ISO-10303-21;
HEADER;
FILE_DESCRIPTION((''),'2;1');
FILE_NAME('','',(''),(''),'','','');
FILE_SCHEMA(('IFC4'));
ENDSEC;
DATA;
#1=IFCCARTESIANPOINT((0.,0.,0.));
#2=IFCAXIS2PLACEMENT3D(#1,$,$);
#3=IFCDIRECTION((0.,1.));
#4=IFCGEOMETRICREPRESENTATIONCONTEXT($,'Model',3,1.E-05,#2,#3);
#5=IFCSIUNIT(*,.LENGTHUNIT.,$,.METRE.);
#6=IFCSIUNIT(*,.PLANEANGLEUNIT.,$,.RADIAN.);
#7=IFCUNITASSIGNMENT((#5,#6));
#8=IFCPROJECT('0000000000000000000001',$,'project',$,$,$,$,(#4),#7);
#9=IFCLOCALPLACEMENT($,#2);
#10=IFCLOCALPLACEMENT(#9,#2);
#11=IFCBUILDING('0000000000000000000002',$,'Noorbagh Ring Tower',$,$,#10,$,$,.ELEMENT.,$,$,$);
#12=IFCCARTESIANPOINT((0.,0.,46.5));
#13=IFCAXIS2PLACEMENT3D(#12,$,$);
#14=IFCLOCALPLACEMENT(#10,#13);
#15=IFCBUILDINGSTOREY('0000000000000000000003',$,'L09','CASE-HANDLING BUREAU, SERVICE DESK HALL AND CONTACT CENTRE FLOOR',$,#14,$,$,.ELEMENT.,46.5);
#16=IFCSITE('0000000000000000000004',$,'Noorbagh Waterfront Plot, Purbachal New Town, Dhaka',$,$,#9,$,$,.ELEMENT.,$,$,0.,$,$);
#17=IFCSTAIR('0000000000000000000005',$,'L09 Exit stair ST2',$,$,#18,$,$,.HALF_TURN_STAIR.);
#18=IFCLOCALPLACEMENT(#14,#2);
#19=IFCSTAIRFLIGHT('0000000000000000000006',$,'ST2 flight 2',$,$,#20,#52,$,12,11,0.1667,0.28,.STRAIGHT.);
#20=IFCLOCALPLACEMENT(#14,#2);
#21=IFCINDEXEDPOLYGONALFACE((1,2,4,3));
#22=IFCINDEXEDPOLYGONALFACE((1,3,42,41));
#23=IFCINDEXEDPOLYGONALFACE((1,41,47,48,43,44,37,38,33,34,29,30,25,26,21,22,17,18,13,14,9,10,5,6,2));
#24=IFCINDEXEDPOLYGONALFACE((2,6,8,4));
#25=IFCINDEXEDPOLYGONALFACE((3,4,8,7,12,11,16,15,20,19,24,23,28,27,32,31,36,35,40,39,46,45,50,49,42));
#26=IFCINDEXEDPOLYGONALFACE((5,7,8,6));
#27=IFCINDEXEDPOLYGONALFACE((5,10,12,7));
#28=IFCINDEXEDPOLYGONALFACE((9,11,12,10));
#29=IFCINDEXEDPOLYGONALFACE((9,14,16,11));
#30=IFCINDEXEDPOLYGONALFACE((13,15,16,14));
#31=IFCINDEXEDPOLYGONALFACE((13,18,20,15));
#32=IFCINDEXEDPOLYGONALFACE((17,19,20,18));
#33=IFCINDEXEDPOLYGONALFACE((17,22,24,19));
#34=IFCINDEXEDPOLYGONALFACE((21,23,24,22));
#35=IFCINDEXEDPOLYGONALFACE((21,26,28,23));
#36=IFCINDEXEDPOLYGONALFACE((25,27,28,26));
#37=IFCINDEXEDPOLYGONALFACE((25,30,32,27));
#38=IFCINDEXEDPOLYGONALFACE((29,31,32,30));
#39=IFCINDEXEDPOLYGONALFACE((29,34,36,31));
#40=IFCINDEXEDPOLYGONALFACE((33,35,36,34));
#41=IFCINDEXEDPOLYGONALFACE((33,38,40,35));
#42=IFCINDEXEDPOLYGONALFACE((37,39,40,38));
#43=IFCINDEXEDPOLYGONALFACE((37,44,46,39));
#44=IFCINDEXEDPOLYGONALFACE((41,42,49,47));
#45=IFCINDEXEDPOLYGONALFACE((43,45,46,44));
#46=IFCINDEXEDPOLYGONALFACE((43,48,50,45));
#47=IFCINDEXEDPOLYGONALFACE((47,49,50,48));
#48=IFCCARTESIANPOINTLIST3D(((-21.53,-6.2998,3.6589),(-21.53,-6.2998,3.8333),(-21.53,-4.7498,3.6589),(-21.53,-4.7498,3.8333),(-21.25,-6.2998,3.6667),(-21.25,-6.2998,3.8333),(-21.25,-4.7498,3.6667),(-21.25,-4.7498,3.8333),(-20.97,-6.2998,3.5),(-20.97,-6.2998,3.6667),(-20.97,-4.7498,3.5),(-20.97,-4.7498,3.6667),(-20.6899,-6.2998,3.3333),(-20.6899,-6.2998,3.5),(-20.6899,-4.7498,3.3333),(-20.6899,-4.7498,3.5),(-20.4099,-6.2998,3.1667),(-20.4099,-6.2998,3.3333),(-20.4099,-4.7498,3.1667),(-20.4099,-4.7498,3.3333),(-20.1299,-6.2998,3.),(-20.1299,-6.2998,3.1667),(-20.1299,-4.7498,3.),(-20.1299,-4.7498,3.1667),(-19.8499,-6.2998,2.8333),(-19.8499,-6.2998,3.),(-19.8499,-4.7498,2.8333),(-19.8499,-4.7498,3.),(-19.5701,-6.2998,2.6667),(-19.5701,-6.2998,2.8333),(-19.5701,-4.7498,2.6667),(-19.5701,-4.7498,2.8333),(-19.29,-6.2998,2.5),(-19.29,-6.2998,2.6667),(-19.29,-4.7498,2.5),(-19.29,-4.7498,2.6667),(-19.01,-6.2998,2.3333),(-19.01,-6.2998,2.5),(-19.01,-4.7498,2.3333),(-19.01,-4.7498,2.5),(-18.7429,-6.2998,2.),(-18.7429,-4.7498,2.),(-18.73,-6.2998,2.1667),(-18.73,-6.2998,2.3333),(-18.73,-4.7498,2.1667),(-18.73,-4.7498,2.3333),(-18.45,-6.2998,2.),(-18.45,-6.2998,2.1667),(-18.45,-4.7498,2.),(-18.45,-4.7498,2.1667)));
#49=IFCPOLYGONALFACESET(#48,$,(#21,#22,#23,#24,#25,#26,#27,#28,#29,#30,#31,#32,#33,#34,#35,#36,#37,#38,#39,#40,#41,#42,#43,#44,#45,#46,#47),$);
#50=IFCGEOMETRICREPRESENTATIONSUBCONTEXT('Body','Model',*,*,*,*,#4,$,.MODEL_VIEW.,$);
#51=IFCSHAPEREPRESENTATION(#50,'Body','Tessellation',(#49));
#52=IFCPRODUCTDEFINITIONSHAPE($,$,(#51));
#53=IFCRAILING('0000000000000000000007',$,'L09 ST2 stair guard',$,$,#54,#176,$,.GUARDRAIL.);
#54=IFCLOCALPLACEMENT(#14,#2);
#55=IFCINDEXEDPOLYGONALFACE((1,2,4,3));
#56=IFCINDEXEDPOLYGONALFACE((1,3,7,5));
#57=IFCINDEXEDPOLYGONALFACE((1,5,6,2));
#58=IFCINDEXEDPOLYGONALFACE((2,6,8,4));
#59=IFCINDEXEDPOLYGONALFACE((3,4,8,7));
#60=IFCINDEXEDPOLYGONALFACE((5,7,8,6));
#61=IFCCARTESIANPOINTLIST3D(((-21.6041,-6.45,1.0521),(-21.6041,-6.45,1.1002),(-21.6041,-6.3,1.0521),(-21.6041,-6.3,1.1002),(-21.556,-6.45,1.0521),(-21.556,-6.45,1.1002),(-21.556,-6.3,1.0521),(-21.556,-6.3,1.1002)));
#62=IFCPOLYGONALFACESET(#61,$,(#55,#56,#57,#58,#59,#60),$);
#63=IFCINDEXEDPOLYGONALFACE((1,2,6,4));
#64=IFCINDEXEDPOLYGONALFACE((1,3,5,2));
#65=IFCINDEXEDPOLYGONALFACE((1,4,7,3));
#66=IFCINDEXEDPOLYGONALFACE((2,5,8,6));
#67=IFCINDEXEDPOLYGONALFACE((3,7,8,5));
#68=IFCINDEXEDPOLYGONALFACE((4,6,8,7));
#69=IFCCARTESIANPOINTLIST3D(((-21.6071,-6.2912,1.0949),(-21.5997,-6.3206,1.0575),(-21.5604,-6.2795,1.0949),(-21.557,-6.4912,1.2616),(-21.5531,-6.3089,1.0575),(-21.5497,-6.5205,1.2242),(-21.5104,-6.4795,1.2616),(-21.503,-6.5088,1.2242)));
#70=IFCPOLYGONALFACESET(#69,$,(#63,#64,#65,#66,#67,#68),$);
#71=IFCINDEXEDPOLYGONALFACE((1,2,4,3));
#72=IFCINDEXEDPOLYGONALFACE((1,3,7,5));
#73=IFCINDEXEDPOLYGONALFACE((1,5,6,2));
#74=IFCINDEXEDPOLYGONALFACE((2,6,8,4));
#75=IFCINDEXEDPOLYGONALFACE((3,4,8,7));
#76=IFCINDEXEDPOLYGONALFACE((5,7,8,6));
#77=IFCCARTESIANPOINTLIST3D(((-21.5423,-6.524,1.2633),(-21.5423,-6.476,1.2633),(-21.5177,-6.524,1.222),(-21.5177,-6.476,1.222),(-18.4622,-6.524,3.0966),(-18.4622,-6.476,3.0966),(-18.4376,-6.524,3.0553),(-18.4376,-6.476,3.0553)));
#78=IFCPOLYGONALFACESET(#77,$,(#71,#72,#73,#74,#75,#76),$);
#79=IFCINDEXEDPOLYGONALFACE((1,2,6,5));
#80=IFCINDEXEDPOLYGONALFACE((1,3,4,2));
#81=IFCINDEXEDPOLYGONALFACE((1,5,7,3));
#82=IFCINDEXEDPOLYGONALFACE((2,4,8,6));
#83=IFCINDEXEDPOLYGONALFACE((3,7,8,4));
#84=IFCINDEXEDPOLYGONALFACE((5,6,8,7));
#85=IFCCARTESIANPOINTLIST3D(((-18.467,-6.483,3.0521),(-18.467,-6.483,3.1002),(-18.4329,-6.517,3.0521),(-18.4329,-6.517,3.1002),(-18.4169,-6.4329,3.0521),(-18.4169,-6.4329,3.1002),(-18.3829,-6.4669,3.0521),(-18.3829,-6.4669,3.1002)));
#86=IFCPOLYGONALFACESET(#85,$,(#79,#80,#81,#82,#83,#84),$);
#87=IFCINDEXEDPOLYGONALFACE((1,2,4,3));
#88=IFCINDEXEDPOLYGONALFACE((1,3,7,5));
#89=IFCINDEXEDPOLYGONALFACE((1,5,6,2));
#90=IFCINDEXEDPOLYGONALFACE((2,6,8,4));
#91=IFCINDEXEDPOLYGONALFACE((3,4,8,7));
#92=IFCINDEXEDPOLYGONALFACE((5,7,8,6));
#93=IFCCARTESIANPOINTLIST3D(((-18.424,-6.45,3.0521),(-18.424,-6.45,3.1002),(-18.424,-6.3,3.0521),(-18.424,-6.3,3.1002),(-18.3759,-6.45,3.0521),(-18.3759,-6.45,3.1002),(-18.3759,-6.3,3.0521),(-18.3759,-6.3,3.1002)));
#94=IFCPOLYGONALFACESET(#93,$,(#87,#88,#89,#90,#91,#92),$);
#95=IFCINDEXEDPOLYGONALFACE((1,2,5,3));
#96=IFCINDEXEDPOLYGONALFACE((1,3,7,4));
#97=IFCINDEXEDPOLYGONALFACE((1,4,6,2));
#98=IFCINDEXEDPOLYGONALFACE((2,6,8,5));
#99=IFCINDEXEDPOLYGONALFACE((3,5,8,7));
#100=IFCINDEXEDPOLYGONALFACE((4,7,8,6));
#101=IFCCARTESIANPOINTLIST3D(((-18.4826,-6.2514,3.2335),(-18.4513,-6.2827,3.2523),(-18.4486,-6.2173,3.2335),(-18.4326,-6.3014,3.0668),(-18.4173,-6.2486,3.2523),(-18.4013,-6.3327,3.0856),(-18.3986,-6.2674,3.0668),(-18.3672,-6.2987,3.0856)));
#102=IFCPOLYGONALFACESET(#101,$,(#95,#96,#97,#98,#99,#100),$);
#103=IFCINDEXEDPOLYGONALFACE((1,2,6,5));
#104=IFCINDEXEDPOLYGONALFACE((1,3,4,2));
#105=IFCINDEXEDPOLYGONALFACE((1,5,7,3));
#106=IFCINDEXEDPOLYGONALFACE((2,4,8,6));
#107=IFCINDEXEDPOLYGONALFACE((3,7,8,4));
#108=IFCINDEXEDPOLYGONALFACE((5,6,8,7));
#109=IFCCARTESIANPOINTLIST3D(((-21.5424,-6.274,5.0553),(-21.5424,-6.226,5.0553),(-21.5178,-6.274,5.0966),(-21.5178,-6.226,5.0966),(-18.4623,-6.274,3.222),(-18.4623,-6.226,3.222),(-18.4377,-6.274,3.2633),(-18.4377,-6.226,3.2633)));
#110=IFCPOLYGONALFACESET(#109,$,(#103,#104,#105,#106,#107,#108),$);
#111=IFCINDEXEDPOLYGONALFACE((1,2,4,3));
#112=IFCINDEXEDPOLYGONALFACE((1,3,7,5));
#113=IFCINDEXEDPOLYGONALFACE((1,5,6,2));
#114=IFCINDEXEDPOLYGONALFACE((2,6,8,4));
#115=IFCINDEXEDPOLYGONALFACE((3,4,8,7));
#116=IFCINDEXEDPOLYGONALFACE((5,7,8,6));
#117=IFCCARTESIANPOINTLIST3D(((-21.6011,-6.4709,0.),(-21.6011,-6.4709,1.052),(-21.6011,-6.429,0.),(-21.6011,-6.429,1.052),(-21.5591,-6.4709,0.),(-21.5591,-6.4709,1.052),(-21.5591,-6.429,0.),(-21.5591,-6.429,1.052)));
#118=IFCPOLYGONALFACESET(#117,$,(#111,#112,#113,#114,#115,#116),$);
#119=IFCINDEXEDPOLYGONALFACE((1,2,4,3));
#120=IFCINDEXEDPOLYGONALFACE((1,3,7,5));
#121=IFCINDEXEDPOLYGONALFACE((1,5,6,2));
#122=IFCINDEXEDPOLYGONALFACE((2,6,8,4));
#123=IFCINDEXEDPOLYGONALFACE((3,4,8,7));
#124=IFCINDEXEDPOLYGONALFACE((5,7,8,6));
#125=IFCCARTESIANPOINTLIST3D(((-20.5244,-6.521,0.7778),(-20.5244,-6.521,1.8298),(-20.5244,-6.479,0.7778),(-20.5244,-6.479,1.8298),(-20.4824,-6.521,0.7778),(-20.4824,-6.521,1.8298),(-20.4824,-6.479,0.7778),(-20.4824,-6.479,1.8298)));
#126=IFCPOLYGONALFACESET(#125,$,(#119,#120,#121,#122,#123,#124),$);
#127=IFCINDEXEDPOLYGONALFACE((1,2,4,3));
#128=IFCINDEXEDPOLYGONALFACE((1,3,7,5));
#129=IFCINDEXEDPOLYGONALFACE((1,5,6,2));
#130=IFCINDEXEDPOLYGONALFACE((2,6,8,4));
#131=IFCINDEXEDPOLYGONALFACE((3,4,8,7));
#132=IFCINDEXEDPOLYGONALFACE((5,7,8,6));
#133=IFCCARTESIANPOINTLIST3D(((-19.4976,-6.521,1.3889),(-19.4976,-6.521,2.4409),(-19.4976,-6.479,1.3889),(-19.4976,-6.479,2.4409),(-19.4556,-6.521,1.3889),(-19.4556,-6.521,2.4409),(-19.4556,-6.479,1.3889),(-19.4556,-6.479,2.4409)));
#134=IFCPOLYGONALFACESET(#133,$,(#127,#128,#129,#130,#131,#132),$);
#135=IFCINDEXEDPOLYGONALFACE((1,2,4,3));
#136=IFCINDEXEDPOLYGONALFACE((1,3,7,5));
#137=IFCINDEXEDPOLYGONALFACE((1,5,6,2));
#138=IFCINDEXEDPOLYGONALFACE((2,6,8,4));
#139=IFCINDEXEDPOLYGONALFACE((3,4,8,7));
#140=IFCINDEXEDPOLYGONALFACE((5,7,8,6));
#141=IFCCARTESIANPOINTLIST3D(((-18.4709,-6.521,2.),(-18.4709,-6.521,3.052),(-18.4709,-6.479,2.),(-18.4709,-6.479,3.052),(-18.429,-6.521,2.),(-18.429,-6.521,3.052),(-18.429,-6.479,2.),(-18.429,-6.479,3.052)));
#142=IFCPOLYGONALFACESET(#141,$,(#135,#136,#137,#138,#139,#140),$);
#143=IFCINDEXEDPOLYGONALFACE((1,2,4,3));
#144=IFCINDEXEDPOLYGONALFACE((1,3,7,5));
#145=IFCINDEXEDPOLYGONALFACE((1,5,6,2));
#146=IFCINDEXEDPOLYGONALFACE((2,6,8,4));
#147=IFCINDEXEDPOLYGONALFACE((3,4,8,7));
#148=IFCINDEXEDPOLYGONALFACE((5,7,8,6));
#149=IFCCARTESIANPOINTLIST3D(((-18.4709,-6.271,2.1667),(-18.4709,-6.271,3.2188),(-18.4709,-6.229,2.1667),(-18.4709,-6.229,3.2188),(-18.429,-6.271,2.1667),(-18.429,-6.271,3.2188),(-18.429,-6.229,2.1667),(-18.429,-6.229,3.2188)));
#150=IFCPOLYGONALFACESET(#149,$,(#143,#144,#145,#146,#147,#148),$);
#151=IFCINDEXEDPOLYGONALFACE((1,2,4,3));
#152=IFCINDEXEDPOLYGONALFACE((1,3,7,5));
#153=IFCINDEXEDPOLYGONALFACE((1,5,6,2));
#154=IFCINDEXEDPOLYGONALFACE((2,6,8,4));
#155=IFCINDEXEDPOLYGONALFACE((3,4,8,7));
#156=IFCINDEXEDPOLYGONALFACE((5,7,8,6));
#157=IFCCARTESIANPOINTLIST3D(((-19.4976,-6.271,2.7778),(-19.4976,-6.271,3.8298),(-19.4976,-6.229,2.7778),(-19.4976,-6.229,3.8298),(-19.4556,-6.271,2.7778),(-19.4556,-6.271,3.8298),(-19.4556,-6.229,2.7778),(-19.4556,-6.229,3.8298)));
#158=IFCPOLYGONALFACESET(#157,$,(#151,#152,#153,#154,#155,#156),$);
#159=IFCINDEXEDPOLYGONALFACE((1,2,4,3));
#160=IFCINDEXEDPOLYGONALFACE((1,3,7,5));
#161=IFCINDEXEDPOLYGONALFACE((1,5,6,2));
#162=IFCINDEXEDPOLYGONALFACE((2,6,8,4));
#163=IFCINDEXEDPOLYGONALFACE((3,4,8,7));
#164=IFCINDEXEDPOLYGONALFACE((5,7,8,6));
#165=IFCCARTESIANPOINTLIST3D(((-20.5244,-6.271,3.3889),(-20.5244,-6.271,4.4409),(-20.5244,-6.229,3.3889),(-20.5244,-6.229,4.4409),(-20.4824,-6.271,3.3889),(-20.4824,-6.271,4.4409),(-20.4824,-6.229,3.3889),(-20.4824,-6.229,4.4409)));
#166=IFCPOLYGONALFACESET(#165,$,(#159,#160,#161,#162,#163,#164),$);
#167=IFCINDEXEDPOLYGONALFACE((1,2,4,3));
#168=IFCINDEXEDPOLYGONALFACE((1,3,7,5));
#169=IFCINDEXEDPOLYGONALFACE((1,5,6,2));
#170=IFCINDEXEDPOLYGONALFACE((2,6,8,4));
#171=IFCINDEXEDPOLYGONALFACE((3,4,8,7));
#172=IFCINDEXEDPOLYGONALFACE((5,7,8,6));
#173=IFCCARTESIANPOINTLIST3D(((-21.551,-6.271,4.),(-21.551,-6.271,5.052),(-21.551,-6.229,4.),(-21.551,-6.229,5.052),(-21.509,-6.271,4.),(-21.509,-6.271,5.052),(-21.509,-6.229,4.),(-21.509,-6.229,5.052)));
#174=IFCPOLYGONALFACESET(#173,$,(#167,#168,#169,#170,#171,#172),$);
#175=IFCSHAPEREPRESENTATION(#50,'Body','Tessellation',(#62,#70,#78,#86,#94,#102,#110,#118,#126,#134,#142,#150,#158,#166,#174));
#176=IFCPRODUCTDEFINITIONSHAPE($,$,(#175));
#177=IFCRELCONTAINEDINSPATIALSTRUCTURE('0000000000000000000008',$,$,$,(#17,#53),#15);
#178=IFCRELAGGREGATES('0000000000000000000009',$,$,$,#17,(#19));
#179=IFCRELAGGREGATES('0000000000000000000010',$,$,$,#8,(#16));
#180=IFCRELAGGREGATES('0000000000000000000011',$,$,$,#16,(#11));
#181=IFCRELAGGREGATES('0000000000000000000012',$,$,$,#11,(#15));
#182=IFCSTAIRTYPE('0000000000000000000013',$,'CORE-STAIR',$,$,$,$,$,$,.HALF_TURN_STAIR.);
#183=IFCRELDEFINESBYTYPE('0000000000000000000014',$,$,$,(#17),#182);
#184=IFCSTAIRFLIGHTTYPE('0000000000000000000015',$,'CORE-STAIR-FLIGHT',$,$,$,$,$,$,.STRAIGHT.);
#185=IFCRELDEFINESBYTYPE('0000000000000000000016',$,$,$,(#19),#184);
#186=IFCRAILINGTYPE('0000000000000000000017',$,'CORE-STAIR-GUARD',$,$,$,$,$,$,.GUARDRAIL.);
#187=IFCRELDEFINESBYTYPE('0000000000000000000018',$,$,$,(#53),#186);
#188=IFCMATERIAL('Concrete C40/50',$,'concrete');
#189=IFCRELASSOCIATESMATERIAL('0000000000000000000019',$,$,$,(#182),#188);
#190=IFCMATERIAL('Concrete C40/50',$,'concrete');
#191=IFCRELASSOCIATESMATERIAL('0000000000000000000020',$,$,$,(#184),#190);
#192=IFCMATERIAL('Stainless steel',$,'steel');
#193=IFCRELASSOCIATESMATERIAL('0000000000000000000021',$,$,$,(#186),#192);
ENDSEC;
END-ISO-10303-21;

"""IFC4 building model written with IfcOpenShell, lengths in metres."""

from ifc_helpers import new_model, si_unit, direction, frame, origin, origin_2d, place, context, subcontext, project, spatial, polyline, rectangle, outline, extrude, material, type_object, element, aggregate, save


model = new_model("IFC4")

# Units and contexts
model_context = context("Model", 3, precision=1e-05, world=origin(), true_north=direction((0.0, 1.0)))
body_context = subcontext(model_context, "Body", "Model", "MODEL_VIEW")
ifc_project = project(units=[si_unit("LENGTHUNIT", "METRE"), si_unit("PLANEANGLEUNIT", "RADIAN")], contexts=[model_context])

# Site, building, storey
site_placement = place(None, origin())
site = spatial("IfcSite", under=ifc_project, at=site_placement, Name="Noorbagh Waterfront Plot, Purbachal New Town, Dhaka", CompositionType="ELEMENT", RefElevation=0.0)
building_placement = place(site_placement, origin())
building = spatial("IfcBuilding", under=site, at=building_placement, Name="Noorbagh Ring Tower", CompositionType="ELEMENT")
storey_placement = place(building_placement, frame((0.0, 0.0, 46.5)))
storey = spatial("IfcBuildingStorey", under=building, at=storey_placement, Name="L09", Description="CASE-HANDLING BUREAU, SERVICE DESK HALL AND CONTACT CENTRE FLOOR", CompositionType="ELEMENT", Elevation=46.5)

# Stair, stair flight
ifc_material_1 = material(Name="Concrete C40/50", Category="concrete")
stair_type = type_object("IfcStairType", Name="CORE-STAIR", PredefinedType="HALF_TURN_STAIR", material=ifc_material_1)
stair_placement = place(storey_placement, origin())
stair = element("IfcStair", 1, at=stair_placement, inside=storey, type_object=stair_type, Name="L09 Exit stair ST2", PredefinedType="HALF_TURN_STAIR")
ifc_material_2 = material(Name="Concrete C40/50", Category="concrete")
stair_flight_type = type_object("IfcStairFlightType", Name="CORE-STAIR-FLIGHT", PredefinedType="STRAIGHT", material=ifc_material_2)
stair_flight_1_placement = place(storey_placement, frame((-18.45, -5.5249, 2.0), z_axis=(0.0, 0.0, 1.0), x_axis=(-1.0, 0.0, 0.0)))
stair_flight_1 = element("IfcStairFlight", 2, at=stair_flight_1_placement, type_object=stair_flight_type, Name="ST2 flight 2", NumberOfRisers=12, NumberOfTreads=11, PredefinedType="STRAIGHT", RiserHeight=0.1667, TreadLength=0.28, context=body_context, shape_type="SweptSolid", body=[
    extrude(outline(polyline([(0.0, 0.0), (0.0, 0.1667), (0.28, 0.1667), (0.28, 0.3333), (0.5601, 0.3333), (0.5601, 0.5), (0.8401, 0.5), (0.8401, 0.6667), (1.1201, 0.6667), (1.1201, 0.8333), (1.3999, 0.8333), (1.3999, 1.0), (1.6799, 1.0), (1.6799, 1.1667), (1.96, 1.1667), (1.96, 1.3333), (2.24, 1.3333), (2.24, 1.5), (2.52, 1.5), (2.52, 1.6667), (2.8, 1.6667), (2.8, 1.8333), (3.0801, 1.8333), (3.0801, 2.0), (3.0801, 1.6589), (0.293, 0.0), (0.0, 0.0)])), frame((0.0, 0.7749, 0.0), z_axis=(0.0, -1.0, 0.0), x_axis=(1.0, 0.0, 0.0)), (0.0, 0.0, 1.0), 1.55),
])
aggregate(stair, [stair_flight_1])

# Railing
ifc_material_3 = material(Name="Stainless steel", Category="steel")
railing_type_1 = type_object("IfcRailingType", Name="CORE-STAIR-GUARD", PredefinedType="GUARDRAIL", material=ifc_material_3)
railing_1_placement = place(storey_placement, frame((-21.5801, -6.45, 0.0)))
element("IfcRailing", 3, at=railing_1_placement, inside=storey, type_object=railing_type_1, Name="L09 ST2 stair guard", PredefinedType="GUARDRAIL", context=body_context, shape_type="SweptSolid", body=[
    extrude(rectangle(XDim=0.0481, YDim=0.0481, at=origin_2d()), frame((0.0, 0.0, 1.0762), z_axis=(0.0, 1.0, 0.0), x_axis=(-1.0, 0.0, 0.0)), (0.0, 0.0, 1.0), 0.1499),
    extrude(rectangle(XDim=0.0481, YDim=0.0481, at=origin_2d()), frame((0.0, 0.1499, 1.0762), z_axis=(0.188776, -0.754182, 0.628946), x_axis=(0.970073, 0.242814, 0.0)), (0.0, 0.0, 1.0), 0.2651),
    extrude(rectangle(XDim=0.0481, YDim=0.0481, at=origin_2d()), frame((0.05, -0.05, 1.2427), z_axis=(0.859309, 0.0, 0.511458), x_axis=(0.0, 1.0, 0.0)), (0.0, 0.0, 1.0), 3.5845),
    extrude(rectangle(XDim=0.0481, YDim=0.0481, at=origin_2d()), frame((3.1301, -0.05, 3.0762), z_axis=(0.707107, 0.707107, 0.0), x_axis=(-0.707107, 0.707107, 0.0)), (0.0, 0.0, 1.0), 0.0708),
    extrude(rectangle(XDim=0.0481, YDim=0.0481, at=origin_2d()), frame((3.1802, 0.0, 3.0762), z_axis=(0.0, 1.0, 0.0), x_axis=(-1.0, 0.0, 0.0)), (0.0, 0.0, 1.0), 0.1499),
    extrude(rectangle(XDim=0.0481, YDim=0.0481, at=origin_2d()), frame((3.1802, 0.1499, 3.0762), z_axis=(-0.276287, 0.276287, 0.920506), x_axis=(-0.707107, -0.707107, 0.0)), (0.0, 0.0, 1.0), 0.1812),
    extrude(rectangle(XDim=0.0481, YDim=0.0481, at=origin_2d()), frame((3.1301, 0.2, 3.2427), z_axis=(-0.859309, 0.0, 0.511458), x_axis=(0.0, -1.0, 0.0)), (0.0, 0.0, 1.0), 3.5845),
    extrude(rectangle(XDim=0.042, YDim=0.042, at=origin_2d()), origin(), (0.0, 0.0, 1.0), 1.052),
    extrude(rectangle(XDim=0.042, YDim=0.042, at=origin_2d()), frame((1.0767, -0.05, 0.7778)), (0.0, 0.0, 1.0), 1.052),
    extrude(rectangle(XDim=0.042, YDim=0.042, at=origin_2d()), frame((2.1035, -0.05, 1.3889)), (0.0, 0.0, 1.0), 1.052),
    extrude(rectangle(XDim=0.042, YDim=0.042, at=origin_2d()), frame((3.1301, -0.05, 2.0)), (0.0, 0.0, 1.0), 1.052),
    extrude(rectangle(XDim=0.042, YDim=0.042, at=origin_2d()), frame((3.1301, 0.2, 2.1667)), (0.0, 0.0, 1.0), 1.052),
    extrude(rectangle(XDim=0.042, YDim=0.042, at=origin_2d()), frame((2.1035, 0.2, 2.7778)), (0.0, 0.0, 1.0), 1.052),
    extrude(rectangle(XDim=0.042, YDim=0.042, at=origin_2d()), frame((1.0767, 0.2, 3.3889)), (0.0, 0.0, 1.0), 1.052),
    extrude(rectangle(XDim=0.042, YDim=0.042, at=origin_2d()), frame((0.05, 0.2, 4.0)), (0.0, 0.0, 1.0), 1.052),
])

save(model, "model.ifc")
